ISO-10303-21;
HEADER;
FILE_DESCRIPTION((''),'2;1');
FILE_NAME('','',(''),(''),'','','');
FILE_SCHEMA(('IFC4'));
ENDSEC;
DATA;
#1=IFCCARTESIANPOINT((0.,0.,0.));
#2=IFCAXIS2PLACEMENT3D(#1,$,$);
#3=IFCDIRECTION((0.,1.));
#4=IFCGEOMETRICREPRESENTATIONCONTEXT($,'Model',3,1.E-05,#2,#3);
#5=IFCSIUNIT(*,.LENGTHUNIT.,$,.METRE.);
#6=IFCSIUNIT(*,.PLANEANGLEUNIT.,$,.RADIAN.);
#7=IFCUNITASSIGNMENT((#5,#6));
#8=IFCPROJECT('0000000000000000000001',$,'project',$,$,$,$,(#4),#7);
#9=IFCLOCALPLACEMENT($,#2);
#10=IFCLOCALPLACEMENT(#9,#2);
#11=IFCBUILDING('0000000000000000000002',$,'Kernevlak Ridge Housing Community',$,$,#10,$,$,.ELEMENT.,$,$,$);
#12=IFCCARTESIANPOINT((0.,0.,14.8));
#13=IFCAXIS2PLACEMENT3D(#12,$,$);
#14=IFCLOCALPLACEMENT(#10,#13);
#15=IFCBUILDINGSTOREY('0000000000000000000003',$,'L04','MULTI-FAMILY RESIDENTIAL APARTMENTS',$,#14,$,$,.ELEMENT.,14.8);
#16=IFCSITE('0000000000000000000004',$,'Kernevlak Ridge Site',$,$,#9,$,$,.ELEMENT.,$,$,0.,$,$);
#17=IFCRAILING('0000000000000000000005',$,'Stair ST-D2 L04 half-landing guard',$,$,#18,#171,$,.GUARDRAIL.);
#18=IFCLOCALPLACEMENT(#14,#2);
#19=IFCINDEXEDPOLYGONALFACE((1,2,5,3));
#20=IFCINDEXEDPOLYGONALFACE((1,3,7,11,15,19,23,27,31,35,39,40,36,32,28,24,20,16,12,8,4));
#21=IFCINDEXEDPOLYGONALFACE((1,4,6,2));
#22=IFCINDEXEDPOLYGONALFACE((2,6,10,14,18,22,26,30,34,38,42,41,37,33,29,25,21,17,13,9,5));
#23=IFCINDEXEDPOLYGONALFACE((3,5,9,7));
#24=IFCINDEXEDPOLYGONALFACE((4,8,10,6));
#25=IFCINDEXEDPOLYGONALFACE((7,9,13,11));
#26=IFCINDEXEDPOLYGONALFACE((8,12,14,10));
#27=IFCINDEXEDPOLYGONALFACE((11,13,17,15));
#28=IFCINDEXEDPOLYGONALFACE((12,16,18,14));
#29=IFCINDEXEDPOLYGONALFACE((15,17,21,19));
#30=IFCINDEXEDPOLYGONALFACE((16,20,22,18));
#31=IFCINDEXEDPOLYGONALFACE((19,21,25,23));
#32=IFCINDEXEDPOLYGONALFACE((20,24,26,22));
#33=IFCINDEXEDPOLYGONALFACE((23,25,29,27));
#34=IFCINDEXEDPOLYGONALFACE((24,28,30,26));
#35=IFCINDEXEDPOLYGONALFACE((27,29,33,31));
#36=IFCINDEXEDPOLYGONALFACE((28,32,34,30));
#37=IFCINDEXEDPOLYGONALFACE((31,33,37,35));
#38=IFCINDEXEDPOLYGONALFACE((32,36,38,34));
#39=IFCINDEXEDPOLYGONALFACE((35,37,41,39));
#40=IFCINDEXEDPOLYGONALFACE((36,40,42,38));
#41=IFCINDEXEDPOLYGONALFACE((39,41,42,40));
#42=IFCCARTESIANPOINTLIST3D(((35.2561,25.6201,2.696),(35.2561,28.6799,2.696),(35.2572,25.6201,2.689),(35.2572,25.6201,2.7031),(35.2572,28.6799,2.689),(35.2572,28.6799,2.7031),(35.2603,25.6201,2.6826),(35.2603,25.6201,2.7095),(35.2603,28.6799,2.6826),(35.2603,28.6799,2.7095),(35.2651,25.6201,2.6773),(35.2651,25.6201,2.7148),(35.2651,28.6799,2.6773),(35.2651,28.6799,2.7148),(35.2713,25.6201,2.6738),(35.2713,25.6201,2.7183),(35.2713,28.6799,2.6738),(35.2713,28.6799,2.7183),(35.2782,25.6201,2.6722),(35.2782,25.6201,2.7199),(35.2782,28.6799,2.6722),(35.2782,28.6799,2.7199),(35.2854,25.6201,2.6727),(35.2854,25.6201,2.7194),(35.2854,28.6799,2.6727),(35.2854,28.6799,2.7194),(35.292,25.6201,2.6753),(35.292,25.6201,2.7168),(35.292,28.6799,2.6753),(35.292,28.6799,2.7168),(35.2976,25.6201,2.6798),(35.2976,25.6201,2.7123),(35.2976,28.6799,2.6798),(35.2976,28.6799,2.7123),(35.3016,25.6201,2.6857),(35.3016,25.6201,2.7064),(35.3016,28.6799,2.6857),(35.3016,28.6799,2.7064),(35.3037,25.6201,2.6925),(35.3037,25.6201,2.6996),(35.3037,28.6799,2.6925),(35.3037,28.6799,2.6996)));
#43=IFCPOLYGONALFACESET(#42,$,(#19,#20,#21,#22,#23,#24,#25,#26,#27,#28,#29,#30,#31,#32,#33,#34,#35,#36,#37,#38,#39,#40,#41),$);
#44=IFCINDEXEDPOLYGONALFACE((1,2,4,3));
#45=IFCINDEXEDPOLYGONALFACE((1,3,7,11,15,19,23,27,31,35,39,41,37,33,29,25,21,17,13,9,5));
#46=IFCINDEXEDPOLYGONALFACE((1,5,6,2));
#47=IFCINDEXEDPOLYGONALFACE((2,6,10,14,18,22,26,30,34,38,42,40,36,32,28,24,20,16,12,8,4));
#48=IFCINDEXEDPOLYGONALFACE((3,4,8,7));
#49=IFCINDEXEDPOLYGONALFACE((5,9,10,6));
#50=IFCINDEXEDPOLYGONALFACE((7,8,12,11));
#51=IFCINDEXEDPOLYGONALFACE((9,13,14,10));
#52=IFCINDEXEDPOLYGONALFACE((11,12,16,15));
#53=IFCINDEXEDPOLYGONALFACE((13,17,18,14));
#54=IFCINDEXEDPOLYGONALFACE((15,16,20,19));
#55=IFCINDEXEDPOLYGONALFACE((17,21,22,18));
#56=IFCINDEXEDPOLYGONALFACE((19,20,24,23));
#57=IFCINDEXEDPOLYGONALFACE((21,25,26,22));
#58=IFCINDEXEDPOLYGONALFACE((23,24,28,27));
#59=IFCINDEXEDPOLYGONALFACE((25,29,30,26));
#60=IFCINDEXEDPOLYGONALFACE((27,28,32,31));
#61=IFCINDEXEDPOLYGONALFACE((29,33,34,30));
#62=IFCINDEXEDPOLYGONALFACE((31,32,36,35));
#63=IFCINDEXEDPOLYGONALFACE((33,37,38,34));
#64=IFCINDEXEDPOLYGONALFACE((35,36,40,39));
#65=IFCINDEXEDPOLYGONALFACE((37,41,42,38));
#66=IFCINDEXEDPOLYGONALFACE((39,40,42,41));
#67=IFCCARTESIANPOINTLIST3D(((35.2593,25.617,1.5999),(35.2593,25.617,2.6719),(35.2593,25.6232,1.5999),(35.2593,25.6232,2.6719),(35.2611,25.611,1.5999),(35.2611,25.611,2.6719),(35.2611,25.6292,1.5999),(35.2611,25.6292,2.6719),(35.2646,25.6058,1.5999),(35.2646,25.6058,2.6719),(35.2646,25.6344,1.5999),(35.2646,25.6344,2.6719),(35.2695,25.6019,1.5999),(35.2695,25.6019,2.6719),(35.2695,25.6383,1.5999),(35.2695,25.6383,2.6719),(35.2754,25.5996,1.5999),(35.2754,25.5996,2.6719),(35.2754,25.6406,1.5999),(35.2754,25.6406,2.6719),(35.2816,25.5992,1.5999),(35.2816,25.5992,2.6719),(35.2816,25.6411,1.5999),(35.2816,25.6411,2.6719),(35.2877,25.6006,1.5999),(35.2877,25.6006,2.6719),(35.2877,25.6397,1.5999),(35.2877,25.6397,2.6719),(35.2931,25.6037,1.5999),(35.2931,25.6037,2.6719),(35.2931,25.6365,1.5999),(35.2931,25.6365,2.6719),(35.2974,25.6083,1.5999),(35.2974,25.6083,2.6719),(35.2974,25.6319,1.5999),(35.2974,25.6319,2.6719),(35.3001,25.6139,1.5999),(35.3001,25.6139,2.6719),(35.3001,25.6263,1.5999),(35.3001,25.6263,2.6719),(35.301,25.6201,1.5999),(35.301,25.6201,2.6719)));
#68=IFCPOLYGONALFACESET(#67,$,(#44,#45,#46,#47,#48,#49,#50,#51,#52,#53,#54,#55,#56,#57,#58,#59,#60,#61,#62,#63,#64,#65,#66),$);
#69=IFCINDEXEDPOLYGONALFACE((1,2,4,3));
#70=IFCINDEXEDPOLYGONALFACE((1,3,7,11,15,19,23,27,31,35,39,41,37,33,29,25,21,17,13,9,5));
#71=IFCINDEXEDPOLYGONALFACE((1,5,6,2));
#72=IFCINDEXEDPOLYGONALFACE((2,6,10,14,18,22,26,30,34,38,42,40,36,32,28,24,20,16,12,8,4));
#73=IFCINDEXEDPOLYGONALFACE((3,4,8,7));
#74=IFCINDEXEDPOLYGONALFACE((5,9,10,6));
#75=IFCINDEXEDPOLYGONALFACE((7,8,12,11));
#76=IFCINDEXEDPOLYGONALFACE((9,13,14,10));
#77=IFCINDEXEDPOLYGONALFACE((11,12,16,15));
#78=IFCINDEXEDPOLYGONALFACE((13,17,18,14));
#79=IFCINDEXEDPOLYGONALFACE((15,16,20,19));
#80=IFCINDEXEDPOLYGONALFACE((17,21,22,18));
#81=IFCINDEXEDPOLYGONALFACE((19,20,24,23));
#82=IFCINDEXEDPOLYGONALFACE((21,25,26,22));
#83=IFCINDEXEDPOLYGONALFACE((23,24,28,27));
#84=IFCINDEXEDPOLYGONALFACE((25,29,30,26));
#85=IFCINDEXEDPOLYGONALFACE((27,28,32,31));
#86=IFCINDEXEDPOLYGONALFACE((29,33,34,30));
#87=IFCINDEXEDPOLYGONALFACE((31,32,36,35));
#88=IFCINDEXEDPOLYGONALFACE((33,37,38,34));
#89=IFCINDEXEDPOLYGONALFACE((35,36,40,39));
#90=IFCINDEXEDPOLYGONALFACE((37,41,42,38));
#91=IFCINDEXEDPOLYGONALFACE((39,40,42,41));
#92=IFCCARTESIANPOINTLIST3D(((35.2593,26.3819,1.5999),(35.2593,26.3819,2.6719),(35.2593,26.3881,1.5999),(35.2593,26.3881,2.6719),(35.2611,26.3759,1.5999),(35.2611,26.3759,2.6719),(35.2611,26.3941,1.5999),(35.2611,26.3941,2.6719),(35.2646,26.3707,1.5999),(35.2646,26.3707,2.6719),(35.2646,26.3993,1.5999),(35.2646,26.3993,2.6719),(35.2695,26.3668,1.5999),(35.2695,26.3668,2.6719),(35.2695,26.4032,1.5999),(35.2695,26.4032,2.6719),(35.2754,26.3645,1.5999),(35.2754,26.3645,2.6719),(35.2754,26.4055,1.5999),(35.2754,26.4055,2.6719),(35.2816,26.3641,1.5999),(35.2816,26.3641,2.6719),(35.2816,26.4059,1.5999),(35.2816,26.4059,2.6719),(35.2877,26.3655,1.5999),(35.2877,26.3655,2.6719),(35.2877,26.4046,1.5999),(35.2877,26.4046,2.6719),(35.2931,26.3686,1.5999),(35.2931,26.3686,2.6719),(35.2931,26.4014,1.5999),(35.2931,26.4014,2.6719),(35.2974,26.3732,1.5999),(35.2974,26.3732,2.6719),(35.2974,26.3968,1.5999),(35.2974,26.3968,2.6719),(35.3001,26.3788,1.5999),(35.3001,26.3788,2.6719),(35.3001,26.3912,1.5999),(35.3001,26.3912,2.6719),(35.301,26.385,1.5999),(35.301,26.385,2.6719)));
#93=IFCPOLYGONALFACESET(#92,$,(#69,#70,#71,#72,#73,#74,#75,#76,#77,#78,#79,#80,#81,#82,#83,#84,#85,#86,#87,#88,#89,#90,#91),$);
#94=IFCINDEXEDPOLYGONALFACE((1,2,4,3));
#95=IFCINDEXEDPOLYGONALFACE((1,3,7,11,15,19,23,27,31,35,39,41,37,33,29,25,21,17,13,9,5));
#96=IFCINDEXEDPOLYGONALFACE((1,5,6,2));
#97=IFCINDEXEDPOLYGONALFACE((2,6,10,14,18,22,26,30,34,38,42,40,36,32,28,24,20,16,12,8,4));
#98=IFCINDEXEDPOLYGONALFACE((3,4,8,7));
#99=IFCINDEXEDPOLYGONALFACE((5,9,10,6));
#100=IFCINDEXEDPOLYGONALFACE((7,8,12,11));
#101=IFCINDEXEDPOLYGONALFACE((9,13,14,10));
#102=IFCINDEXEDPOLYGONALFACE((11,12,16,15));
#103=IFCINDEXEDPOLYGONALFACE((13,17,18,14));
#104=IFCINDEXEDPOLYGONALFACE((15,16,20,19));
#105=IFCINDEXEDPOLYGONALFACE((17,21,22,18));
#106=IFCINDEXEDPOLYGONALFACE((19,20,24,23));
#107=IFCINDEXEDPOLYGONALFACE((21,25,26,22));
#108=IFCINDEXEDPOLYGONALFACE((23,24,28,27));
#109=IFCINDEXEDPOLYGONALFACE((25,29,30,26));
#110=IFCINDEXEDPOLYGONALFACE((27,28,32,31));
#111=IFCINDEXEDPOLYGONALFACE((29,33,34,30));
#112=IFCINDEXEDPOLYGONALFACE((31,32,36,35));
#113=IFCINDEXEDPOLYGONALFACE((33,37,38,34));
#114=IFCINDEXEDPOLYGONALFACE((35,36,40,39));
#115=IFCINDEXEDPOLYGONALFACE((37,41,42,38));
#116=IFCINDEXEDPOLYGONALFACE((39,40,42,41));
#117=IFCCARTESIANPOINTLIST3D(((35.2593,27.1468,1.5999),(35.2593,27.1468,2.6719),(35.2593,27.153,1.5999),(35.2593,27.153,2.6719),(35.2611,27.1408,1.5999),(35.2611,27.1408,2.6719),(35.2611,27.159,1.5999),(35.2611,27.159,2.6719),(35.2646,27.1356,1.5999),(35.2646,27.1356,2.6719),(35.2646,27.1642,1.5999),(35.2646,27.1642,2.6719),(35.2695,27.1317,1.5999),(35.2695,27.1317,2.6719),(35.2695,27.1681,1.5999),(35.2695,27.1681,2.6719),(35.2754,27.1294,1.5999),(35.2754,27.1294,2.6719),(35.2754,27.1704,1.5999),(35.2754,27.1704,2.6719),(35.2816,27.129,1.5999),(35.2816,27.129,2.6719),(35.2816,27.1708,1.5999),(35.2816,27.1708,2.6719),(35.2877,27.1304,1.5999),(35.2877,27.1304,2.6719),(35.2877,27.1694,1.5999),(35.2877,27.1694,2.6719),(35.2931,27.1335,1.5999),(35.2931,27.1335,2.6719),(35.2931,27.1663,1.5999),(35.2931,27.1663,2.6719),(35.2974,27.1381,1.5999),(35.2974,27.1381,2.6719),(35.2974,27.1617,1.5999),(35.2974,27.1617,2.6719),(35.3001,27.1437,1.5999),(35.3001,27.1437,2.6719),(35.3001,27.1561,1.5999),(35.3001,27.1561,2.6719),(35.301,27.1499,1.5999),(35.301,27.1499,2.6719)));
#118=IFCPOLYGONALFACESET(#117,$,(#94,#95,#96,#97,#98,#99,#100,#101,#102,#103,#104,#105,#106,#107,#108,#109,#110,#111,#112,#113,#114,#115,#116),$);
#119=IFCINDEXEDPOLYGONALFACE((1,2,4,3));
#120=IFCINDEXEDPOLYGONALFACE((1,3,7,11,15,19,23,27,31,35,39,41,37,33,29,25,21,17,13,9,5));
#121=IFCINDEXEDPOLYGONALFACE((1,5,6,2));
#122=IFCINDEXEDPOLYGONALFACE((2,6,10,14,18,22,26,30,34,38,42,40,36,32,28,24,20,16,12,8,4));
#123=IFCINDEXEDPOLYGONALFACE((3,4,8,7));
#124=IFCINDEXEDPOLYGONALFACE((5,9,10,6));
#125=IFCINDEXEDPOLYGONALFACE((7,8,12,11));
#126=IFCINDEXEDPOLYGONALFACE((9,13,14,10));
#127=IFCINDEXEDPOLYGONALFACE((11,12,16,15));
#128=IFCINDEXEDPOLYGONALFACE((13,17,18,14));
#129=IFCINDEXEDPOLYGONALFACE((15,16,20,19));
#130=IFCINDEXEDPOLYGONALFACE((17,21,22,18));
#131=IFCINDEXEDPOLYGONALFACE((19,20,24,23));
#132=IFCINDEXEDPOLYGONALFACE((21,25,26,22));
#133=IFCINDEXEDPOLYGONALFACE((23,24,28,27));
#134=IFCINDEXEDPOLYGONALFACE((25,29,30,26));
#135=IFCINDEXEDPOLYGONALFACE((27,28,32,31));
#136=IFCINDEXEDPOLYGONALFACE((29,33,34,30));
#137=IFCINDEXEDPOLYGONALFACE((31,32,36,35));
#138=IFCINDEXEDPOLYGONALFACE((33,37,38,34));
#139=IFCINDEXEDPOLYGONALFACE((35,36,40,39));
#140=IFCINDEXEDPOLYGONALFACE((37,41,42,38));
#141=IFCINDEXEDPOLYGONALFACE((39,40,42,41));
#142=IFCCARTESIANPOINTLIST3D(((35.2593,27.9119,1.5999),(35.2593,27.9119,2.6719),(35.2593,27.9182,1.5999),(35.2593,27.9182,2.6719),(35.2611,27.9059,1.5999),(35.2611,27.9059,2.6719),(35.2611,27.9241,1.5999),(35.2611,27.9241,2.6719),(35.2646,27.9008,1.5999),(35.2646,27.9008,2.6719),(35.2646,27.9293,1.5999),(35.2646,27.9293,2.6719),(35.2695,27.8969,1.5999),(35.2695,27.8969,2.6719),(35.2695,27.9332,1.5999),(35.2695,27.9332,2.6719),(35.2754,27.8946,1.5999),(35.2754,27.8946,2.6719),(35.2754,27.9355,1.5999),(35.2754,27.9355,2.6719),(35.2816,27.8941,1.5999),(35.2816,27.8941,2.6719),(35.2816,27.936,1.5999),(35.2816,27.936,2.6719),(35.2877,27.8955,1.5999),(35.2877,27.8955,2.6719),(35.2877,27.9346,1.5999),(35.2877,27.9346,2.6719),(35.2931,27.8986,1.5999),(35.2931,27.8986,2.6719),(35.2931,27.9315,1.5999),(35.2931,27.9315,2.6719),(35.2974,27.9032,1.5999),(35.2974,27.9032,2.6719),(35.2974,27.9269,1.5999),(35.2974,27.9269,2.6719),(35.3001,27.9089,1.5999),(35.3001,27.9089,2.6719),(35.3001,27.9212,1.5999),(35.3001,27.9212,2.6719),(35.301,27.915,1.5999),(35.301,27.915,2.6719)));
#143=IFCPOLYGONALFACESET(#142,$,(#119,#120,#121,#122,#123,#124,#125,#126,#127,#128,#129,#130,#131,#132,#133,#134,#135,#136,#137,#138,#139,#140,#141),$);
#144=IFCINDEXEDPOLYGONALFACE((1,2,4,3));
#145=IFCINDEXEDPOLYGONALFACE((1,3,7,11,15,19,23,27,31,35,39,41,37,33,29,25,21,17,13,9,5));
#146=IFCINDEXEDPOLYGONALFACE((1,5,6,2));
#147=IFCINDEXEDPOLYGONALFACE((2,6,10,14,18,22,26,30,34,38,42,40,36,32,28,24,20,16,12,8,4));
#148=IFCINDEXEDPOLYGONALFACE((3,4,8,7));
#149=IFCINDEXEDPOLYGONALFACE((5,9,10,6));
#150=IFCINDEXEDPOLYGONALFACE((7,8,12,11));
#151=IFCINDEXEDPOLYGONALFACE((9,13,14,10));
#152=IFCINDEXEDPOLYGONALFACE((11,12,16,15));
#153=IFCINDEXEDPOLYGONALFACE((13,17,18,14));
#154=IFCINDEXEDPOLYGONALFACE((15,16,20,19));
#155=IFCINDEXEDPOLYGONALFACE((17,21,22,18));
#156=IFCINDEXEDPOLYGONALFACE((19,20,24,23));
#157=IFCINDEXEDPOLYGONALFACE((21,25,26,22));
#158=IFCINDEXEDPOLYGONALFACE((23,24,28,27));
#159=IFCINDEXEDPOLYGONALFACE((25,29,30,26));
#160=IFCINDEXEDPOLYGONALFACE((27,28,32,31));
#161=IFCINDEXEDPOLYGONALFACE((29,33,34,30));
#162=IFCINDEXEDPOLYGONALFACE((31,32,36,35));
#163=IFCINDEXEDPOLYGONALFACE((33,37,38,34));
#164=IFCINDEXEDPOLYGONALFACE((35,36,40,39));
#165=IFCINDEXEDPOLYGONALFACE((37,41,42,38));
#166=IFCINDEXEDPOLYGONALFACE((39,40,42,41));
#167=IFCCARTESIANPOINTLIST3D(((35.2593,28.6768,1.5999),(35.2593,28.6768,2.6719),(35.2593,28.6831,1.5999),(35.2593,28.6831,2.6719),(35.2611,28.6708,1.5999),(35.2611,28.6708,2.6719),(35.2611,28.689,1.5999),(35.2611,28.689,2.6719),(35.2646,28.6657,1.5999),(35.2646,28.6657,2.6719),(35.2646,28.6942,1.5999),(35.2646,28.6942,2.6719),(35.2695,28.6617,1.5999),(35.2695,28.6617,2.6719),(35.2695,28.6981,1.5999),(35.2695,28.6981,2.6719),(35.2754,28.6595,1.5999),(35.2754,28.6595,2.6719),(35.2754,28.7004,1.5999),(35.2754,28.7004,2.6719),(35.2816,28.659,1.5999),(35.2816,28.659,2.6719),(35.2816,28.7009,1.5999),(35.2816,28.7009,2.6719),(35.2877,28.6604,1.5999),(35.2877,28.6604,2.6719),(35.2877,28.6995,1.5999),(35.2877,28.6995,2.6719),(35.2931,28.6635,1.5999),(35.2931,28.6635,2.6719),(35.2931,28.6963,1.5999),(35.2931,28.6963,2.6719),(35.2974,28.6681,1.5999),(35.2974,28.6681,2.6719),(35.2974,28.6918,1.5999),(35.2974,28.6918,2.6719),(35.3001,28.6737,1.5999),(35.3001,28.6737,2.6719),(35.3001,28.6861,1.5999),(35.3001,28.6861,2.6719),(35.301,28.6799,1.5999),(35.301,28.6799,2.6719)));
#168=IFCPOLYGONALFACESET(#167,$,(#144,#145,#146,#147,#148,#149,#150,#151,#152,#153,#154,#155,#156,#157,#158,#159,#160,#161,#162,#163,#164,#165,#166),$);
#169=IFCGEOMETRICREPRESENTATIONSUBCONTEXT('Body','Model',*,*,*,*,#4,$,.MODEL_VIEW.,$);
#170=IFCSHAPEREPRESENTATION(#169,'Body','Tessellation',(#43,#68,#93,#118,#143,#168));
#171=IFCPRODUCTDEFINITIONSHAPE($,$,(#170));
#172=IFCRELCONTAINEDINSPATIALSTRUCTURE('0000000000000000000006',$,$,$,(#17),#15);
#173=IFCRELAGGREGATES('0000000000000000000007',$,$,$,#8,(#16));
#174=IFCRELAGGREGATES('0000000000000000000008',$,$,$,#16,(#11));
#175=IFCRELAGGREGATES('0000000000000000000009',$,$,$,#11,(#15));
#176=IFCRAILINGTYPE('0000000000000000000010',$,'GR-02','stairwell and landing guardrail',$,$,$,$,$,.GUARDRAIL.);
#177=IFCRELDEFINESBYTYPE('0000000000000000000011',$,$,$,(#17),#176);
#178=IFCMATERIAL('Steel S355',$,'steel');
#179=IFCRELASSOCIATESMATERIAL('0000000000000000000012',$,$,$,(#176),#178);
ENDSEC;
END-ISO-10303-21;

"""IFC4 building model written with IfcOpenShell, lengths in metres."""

from ifc_helpers import new_model, si_unit, direction, frame, origin, origin_2d, place, context, subcontext, project, spatial, circle, extrude, material, type_object, element, save


model = new_model("IFC4")

# Units and contexts
model_context = context("Model", 3, precision=1e-05, world=origin(), true_north=direction((0.0, 1.0)))
body_context = subcontext(model_context, "Body", "Model", "MODEL_VIEW")
ifc_project = project(units=[si_unit("LENGTHUNIT", "METRE"), si_unit("PLANEANGLEUNIT", "RADIAN")], contexts=[model_context])

# Site, building, storey
site_placement = place(None, origin())
site = spatial("IfcSite", under=ifc_project, at=site_placement, Name="Kernevlak Ridge Site", CompositionType="ELEMENT", RefElevation=0.0)
building_placement = place(site_placement, origin())
building = spatial("IfcBuilding", under=site, at=building_placement, Name="Kernevlak Ridge Housing Community", CompositionType="ELEMENT")
storey_placement = place(building_placement, frame((0.0, 0.0, 14.8)))
storey = spatial("IfcBuildingStorey", under=building, at=storey_placement, Name="L04", Description="MULTI-FAMILY RESIDENTIAL APARTMENTS", CompositionType="ELEMENT", Elevation=14.8)

# Railing
ifc_material_1 = material(Name="Steel S355", Category="steel")
railing_type_1 = type_object("IfcRailingType", Name="GR-02", Description="stairwell and landing guardrail", PredefinedType="GUARDRAIL", material=ifc_material_1)
railing_1_placement = place(storey_placement, frame((35.28, 25.6201, 1.5999)))
element("IfcRailing", 1, at=railing_1_placement, inside=storey, type_object=railing_type_1, Name="Stair ST-D2 L04 half-landing guard", PredefinedType="GUARDRAIL", context=body_context, shape_type="SweptSolid", body=[
    extrude(circle(Radius=0.0239, at=origin_2d()), frame((0.0, 0.0, 1.0962), z_axis=(0.0, 1.0, 0.0), x_axis=(-1.0, 0.0, 0.0)), (0.0, 0.0, 1.0), 3.0598),
    extrude(circle(Radius=0.021, at=origin_2d()), origin(), (0.0, 0.0, 1.0), 1.072),
    extrude(circle(Radius=0.021, at=origin_2d()), frame((0.0, 0.7649, 0.0)), (0.0, 0.0, 1.0), 1.072),
    extrude(circle(Radius=0.021, at=origin_2d()), frame((0.0, 1.5298, 0.0)), (0.0, 0.0, 1.0), 1.072),
    extrude(circle(Radius=0.021, at=origin_2d()), frame((0.0, 2.2949, 0.0)), (0.0, 0.0, 1.0), 1.072),
    extrude(circle(Radius=0.021, at=origin_2d()), frame((0.0, 3.0598, 0.0)), (0.0, 0.0, 1.0), 1.072),
])

save(model, "model.ifc")
